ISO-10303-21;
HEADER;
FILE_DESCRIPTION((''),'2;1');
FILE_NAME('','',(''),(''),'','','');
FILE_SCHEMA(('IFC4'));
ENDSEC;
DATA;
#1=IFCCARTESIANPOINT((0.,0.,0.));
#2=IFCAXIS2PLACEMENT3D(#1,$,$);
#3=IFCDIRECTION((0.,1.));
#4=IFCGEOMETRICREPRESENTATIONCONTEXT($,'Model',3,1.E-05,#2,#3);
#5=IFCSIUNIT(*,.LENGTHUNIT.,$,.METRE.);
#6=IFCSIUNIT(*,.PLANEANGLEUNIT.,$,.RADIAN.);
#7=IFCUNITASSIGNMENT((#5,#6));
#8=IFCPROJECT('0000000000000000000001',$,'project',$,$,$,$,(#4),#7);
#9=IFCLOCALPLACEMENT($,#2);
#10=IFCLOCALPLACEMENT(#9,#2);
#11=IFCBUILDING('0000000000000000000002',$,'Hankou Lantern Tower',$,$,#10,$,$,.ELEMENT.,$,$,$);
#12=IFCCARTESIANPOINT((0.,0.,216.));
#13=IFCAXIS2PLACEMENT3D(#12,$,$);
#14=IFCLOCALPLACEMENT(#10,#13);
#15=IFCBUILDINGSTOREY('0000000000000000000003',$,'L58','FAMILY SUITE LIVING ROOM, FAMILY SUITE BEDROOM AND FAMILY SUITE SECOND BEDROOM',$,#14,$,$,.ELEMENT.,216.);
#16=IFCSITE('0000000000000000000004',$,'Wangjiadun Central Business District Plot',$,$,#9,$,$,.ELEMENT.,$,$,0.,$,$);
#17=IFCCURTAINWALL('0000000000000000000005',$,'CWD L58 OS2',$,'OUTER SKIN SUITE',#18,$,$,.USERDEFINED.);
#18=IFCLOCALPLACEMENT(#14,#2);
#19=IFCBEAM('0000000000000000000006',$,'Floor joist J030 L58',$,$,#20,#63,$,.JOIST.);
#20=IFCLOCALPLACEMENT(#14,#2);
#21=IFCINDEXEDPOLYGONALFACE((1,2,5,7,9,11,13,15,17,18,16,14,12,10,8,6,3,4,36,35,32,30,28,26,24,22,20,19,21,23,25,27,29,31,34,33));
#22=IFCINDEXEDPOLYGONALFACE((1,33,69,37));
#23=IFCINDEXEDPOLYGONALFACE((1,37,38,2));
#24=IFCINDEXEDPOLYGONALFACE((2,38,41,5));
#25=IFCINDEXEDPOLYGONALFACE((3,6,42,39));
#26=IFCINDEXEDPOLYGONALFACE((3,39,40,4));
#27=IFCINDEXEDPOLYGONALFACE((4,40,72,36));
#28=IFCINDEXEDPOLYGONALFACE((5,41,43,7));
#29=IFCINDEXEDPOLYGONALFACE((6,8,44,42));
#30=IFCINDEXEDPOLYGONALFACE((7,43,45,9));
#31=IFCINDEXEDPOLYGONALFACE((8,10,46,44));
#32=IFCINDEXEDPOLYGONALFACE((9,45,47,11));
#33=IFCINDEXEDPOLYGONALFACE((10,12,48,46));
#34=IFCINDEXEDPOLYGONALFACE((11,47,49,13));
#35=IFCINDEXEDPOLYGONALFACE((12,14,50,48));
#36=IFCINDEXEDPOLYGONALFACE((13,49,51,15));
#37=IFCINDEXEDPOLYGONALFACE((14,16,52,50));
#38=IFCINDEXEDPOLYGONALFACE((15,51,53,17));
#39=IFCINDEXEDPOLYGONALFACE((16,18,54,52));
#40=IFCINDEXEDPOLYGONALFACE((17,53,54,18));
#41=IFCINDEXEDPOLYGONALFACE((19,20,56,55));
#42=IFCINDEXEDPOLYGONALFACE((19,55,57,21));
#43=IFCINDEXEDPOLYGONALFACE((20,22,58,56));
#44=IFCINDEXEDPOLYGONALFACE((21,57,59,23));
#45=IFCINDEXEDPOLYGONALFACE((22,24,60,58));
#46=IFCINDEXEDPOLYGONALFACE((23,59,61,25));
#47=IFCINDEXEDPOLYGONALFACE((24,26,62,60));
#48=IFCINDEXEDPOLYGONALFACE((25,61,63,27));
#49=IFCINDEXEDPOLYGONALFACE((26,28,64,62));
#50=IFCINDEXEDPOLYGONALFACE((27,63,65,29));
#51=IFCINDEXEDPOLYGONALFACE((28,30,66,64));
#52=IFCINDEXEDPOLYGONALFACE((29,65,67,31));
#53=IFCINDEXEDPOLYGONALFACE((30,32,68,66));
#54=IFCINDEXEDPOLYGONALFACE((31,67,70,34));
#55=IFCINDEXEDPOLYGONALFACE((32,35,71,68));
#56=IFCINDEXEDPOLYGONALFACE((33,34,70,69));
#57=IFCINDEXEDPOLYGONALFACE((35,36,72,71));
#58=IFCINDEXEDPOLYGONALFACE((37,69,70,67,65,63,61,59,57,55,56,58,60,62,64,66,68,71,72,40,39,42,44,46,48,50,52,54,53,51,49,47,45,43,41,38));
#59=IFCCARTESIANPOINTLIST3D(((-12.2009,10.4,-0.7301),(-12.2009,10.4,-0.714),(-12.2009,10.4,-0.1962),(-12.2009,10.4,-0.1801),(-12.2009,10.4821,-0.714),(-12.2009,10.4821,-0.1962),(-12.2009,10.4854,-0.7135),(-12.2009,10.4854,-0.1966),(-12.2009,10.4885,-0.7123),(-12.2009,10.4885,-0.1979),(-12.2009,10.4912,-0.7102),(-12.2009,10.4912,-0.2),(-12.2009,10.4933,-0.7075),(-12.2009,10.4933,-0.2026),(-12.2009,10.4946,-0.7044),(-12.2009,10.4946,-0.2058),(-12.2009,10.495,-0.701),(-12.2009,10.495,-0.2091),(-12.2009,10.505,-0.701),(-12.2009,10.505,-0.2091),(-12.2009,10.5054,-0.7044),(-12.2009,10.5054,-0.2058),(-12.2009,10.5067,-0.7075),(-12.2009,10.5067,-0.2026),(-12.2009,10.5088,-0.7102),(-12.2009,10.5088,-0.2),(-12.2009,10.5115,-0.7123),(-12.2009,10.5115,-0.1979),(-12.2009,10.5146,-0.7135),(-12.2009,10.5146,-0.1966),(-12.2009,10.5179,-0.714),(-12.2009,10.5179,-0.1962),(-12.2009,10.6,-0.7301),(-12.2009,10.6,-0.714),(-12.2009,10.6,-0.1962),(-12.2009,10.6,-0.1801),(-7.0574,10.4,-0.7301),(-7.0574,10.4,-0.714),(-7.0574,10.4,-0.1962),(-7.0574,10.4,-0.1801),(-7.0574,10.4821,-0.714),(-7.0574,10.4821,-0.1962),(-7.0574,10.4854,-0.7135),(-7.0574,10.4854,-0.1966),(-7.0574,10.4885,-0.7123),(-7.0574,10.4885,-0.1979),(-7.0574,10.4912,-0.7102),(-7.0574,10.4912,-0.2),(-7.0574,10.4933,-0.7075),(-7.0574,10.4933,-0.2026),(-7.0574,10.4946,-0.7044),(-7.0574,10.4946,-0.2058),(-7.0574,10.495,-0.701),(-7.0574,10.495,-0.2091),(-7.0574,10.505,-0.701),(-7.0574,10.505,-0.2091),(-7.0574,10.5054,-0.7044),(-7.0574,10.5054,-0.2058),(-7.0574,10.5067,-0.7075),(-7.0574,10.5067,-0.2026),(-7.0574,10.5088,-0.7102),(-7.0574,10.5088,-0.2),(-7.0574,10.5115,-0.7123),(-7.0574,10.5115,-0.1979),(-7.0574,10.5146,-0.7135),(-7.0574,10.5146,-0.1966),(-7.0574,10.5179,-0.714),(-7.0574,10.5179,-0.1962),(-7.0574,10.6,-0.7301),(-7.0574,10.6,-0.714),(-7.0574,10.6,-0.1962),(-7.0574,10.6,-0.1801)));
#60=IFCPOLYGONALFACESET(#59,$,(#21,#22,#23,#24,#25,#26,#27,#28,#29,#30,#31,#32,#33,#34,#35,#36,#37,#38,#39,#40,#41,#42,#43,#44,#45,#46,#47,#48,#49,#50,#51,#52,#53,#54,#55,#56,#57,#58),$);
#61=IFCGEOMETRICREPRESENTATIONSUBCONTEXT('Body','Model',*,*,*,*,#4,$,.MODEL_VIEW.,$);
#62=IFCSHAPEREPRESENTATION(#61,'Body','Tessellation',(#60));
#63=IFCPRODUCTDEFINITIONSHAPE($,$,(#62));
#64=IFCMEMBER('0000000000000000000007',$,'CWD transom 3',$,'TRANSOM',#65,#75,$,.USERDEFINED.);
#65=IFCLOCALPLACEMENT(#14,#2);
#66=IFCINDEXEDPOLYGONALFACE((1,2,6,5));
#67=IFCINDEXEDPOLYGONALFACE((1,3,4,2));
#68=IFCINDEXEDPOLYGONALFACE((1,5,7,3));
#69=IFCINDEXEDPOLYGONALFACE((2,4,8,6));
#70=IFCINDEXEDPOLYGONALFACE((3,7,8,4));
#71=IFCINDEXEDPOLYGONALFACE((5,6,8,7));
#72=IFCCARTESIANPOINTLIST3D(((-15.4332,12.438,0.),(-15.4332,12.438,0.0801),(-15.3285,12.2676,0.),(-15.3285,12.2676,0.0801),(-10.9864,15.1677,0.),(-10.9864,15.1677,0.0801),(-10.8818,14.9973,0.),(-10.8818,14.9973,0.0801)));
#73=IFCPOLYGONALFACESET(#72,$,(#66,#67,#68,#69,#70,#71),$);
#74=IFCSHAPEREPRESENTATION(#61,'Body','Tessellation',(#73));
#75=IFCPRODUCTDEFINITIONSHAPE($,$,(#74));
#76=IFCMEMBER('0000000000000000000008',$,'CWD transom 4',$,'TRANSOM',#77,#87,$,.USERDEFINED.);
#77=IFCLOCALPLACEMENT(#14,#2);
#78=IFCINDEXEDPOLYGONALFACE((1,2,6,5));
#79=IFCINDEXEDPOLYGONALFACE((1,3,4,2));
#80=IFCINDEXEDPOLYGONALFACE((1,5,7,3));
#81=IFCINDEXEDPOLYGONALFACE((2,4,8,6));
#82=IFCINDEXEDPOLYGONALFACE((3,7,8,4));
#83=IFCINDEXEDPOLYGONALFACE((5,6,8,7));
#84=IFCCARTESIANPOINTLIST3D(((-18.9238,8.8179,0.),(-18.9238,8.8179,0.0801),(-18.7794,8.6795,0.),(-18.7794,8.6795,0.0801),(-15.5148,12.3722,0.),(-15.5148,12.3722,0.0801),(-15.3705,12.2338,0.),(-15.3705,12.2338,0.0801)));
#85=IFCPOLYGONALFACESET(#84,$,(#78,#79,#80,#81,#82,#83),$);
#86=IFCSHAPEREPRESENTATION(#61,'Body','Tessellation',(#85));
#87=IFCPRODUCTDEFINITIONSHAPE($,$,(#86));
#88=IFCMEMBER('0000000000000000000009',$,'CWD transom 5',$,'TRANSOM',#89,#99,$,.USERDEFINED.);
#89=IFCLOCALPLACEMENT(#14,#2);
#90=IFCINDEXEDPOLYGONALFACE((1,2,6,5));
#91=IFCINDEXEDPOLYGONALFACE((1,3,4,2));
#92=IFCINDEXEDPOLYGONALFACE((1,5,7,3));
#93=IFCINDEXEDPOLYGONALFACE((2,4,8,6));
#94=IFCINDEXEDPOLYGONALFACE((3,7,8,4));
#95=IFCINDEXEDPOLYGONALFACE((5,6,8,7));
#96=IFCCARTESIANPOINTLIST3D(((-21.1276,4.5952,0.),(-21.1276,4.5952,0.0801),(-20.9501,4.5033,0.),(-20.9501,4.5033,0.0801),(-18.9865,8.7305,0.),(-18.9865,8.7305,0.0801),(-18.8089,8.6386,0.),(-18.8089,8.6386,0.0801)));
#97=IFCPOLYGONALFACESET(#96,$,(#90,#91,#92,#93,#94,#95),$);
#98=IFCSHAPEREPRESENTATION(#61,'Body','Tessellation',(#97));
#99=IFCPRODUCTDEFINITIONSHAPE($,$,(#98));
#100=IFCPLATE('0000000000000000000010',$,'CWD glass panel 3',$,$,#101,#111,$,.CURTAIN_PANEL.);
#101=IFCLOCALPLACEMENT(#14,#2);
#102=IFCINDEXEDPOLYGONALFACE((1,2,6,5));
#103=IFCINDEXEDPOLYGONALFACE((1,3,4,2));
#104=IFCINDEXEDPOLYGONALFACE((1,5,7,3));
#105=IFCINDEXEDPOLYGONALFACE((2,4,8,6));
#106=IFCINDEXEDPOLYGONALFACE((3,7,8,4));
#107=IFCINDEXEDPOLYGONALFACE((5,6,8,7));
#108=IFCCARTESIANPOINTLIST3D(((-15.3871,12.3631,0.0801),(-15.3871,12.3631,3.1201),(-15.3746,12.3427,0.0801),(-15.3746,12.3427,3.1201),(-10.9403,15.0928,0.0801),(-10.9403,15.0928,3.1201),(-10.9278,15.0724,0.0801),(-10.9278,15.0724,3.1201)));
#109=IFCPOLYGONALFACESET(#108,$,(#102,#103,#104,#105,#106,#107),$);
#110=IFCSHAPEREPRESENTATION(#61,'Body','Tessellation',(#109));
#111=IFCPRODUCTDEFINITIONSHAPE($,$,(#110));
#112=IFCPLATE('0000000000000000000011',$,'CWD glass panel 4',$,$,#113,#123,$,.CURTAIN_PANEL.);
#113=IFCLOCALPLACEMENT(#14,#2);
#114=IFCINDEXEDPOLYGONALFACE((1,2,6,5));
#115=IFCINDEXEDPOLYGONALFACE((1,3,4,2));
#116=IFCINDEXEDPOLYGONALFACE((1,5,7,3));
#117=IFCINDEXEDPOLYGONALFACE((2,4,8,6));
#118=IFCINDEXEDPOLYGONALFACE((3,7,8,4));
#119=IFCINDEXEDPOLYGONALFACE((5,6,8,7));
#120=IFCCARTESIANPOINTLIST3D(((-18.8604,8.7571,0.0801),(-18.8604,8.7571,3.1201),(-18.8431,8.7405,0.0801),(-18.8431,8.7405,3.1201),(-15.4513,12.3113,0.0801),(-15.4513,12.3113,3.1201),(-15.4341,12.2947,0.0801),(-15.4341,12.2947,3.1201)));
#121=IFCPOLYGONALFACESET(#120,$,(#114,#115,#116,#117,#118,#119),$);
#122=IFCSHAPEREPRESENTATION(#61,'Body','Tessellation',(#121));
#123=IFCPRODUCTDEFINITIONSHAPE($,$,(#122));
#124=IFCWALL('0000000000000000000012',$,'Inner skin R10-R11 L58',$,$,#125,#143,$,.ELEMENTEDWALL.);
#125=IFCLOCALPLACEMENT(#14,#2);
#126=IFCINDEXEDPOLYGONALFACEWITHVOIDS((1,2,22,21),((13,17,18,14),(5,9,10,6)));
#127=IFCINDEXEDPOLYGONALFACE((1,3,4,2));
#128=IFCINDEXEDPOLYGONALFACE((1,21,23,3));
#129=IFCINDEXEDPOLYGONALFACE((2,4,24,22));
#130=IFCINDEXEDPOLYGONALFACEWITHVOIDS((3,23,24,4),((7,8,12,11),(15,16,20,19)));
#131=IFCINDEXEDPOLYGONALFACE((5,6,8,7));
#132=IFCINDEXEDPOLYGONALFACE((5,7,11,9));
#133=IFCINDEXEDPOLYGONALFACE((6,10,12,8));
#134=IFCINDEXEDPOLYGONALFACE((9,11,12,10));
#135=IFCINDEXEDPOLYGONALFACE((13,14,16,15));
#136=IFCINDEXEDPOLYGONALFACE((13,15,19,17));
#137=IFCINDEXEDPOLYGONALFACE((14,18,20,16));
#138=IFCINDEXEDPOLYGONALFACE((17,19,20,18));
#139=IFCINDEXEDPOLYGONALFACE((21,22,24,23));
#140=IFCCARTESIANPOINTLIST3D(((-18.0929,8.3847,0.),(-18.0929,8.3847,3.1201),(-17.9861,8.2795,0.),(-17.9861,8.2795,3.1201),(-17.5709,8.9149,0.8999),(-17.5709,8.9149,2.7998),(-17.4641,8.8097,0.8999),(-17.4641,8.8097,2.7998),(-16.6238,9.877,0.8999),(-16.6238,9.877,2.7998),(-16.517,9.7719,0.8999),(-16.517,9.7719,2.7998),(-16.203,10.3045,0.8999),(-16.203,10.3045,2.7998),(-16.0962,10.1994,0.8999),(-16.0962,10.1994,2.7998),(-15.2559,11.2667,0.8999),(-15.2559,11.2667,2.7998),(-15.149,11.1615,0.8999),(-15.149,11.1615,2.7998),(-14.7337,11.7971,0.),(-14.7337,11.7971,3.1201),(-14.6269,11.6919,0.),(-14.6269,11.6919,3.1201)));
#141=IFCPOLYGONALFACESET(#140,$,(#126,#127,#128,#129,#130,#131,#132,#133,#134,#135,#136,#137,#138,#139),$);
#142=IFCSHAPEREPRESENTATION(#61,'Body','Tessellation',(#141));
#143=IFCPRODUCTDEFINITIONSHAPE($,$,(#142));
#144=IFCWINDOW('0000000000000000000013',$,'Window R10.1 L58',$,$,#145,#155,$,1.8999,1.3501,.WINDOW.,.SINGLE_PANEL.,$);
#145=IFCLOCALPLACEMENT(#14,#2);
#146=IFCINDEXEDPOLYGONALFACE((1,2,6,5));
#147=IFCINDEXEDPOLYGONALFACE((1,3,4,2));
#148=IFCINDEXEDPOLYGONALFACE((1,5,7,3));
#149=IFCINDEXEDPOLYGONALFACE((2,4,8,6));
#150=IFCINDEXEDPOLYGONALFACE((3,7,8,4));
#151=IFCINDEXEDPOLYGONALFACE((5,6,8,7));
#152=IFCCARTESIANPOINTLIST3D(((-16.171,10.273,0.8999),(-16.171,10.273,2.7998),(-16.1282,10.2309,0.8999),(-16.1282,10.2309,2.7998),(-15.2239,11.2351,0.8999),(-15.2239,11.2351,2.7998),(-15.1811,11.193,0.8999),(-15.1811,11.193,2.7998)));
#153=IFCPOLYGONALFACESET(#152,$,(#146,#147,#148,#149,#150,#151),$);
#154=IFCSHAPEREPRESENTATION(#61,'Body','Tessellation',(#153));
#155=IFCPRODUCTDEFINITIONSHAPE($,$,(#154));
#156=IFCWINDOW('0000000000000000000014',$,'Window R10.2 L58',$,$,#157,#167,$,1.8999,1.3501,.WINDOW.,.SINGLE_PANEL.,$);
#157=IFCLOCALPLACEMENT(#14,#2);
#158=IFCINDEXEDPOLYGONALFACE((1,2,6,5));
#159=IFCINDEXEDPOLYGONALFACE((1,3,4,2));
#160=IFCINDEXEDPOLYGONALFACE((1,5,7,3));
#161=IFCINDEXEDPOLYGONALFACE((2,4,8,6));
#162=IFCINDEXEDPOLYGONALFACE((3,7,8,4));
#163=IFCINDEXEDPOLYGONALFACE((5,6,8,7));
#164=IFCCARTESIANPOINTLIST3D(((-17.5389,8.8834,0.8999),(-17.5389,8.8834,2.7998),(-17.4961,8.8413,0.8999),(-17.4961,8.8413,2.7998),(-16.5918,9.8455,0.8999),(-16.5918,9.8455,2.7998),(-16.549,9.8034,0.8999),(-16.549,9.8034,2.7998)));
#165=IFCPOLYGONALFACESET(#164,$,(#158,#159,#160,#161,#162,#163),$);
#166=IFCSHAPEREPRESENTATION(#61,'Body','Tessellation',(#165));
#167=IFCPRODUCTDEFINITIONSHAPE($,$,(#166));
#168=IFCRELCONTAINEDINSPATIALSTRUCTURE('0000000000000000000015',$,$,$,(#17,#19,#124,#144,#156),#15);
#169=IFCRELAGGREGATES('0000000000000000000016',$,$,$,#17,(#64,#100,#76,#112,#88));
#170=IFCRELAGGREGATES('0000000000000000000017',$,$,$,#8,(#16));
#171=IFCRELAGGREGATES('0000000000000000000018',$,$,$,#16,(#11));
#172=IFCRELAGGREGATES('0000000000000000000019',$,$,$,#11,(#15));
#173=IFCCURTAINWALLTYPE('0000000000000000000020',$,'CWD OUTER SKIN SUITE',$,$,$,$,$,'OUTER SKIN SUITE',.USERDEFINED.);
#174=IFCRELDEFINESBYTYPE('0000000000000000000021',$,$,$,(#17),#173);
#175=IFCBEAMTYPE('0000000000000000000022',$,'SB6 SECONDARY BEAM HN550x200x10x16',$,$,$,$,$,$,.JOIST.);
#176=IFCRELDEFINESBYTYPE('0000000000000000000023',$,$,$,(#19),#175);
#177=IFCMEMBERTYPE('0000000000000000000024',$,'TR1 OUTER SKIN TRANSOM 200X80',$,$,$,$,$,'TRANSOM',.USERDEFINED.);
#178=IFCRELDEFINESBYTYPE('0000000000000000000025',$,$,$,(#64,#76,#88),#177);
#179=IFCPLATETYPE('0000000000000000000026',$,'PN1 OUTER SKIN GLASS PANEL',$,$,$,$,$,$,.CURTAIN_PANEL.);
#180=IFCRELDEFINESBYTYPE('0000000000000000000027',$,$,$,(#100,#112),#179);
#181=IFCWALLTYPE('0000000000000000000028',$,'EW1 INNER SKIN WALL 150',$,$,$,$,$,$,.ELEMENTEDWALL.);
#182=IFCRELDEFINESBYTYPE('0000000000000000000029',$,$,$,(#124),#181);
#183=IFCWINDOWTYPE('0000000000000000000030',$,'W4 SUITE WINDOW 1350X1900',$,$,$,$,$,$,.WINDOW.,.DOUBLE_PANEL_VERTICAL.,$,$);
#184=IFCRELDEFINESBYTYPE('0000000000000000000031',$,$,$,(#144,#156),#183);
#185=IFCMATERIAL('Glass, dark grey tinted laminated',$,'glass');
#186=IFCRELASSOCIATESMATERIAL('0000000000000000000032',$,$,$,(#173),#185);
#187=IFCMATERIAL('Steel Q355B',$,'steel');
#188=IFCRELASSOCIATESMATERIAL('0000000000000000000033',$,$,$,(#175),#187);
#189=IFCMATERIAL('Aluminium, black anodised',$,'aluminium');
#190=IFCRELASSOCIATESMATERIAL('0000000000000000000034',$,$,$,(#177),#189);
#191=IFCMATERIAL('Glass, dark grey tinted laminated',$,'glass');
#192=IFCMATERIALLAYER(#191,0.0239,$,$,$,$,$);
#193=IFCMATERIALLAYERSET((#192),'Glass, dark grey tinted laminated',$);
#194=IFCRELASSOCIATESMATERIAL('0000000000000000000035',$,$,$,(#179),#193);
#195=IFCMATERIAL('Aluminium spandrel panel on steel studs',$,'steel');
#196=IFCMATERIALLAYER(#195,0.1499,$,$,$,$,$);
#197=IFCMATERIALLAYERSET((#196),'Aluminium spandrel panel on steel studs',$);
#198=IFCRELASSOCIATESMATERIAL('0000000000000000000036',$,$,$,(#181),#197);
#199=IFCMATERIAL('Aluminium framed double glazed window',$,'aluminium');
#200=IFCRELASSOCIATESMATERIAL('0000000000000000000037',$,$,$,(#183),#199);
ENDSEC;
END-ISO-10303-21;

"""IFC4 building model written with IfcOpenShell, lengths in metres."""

from ifc_helpers import new_model, si_unit, direction, frame, frame_2d, origin, origin_2d, place, context, subcontext, project, spatial, rectangle, i_section, extrude, material, layer, layer_set, material_profile, profile_set, type_object, element, fill, aggregate, save


model = new_model("IFC4")

# Units and contexts
model_context = context("Model", 3, precision=1e-05, world=origin(), true_north=direction((0.0, 1.0)))
body_context = subcontext(model_context, "Body", "Model", "MODEL_VIEW")
ifc_project = project(units=[si_unit("LENGTHUNIT", "METRE"), si_unit("PLANEANGLEUNIT", "RADIAN")], contexts=[model_context])

# Site, building, storey
site_placement = place(None, origin())
site = spatial("IfcSite", under=ifc_project, at=site_placement, Name="Wangjiadun Central Business District Plot", CompositionType="ELEMENT", RefElevation=0.0)
building_placement = place(site_placement, origin())
building = spatial("IfcBuilding", under=site, at=building_placement, Name="Hankou Lantern Tower", CompositionType="ELEMENT")
storey_placement = place(building_placement, frame((0.0, 0.0, 216.0)))
storey = spatial("IfcBuildingStorey", under=building, at=storey_placement, Name="L58", Description="FAMILY SUITE LIVING ROOM, FAMILY SUITE BEDROOM AND FAMILY SUITE SECOND BEDROOM", CompositionType="ELEMENT", Elevation=216.0)

# Curtain wall
ifc_material_1 = material(Name="Glass, dark grey tinted laminated", Category="glass")
curtain_wall_type = type_object("IfcCurtainWallType", Name="CWD OUTER SKIN SUITE", ElementType="OUTER SKIN SUITE", PredefinedType="USERDEFINED", material=ifc_material_1)
curtain_wall_placement = place(storey_placement, origin())
curtain_wall = element("IfcCurtainWall", 1, at=curtain_wall_placement, inside=storey, type_object=curtain_wall_type, Name="CWD L58 OS2", ObjectType="OUTER SKIN SUITE", PredefinedType="USERDEFINED")

# Beam
ifc_material_2 = material(Name="Steel Q355B", Category="steel")
ifc_material_profile_1 = material_profile(ifc_material_2, i_section(OverallWidth=0.2, OverallDepth=0.55, WebThickness=0.01, FlangeThickness=0.0161, FilletRadius=0.0129, at=origin_2d()), Name="HN550x200x10x16")
ifc_profile_set_1 = profile_set([ifc_material_profile_1], Name="Steel Q355B")
beam_type_1 = type_object("IfcBeamType", Name="SB6 SECONDARY BEAM HN550x200x10x16", PredefinedType="JOIST", material=ifc_profile_set_1)
beam_1_placement = place(storey_placement, frame((-12.2009, 10.5, -0.4551), z_axis=(1.0, 0.0, 0.0), x_axis=(0.0, 1.0, 0.0)))
element("IfcBeam", 2, at=beam_1_placement, inside=storey, type_object=beam_type_1, Name="Floor joist J030 L58", PredefinedType="JOIST", context=body_context, shape_type="SweptSolid", body=[
    extrude(i_section(OverallWidth=0.2, OverallDepth=0.55, WebThickness=0.01, FlangeThickness=0.0161, FilletRadius=0.0129, at=origin_2d()), origin(), (0.0, 0.0, 1.0), 5.1436),
])

# Members
ifc_material_3 = material(Name="Aluminium, black anodised", Category="aluminium")
ifc_material_profile_2 = material_profile(ifc_material_3, rectangle(XDim=0.2, YDim=0.0801, at=origin_2d()), Name="TR1 200X80")
ifc_profile_set_2 = profile_set([ifc_material_profile_2], Name="Aluminium, black anodised")
member_type_1 = type_object("IfcMemberType", Name="TR1 OUTER SKIN TRANSOM 200X80", ElementType="TRANSOM", PredefinedType="USERDEFINED", material=ifc_profile_set_2)
member_1_placement = place(storey_placement, frame((-10.9341, 15.0825, 0.04), z_axis=(-0.852235, -0.52316, 0.0), x_axis=(0.52316, -0.852235, 0.0)))
member_1 = element("IfcMember", 3, at=member_1_placement, type_object=member_type_1, Name="CWD transom 3", ObjectType="TRANSOM", PredefinedType="USERDEFINED", context=body_context, shape_type="SweptSolid", body=[
    extrude(rectangle(XDim=0.2, YDim=0.0801, at=origin_2d()), origin(), (0.0, 0.0, 1.0), 5.2178),
])
member_2_placement = place(storey_placement, frame((-15.4426, 12.303, 0.04), z_axis=(-0.692205, -0.721701, 0.0), x_axis=(0.721701, -0.692205, 0.0)))
member_2 = element("IfcMember", 4, at=member_2_placement, type_object=member_type_1, Name="CWD transom 4", ObjectType="TRANSOM", PredefinedType="USERDEFINED", context=body_context, shape_type="SweptSolid", body=[
    extrude(rectangle(XDim=0.2, YDim=0.0801, at=origin_2d()), origin(), (0.0, 0.0, 1.0), 4.9248),
])
member_3_placement = place(storey_placement, frame((-18.8977, 8.6846, 0.04), z_axis=(-0.459794, -0.888026, 0.0), x_axis=(0.888026, -0.459794, 0.0)))
member_3 = element("IfcMember", 5, at=member_3_placement, type_object=member_type_1, Name="CWD transom 5", ObjectType="TRANSOM", PredefinedType="USERDEFINED", context=body_context, shape_type="SweptSolid", body=[
    extrude(rectangle(XDim=0.2, YDim=0.0801, at=origin_2d()), origin(), (0.0, 0.0, 1.0), 4.6567),
])

# Plates
ifc_material_4 = material(Name="Glass, dark grey tinted laminated", Category="glass")
ifc_layer_1 = layer(ifc_material_4, 0.0239)
ifc_layer_set_1 = layer_set([ifc_layer_1], Name="Glass, dark grey tinted laminated")
plate_type = type_object("IfcPlateType", Name="PN1 OUTER SKIN GLASS PANEL", PredefinedType="CURTAIN_PANEL", material=ifc_layer_set_1)
plate_1_placement = place(storey_placement, frame((-13.1575, 13.7178, 0.0801), z_axis=(0.0, 0.0, 1.0), x_axis=(-0.852237, -0.523156, 0.0)))
plate_1 = element("IfcPlate", 6, at=plate_1_placement, type_object=plate_type, Name="CWD glass panel 3", PredefinedType="CURTAIN_PANEL", context=body_context, shape_type="SweptSolid", body=[
    extrude(rectangle(XDim=5.2178, YDim=0.0239, at=origin_2d()), origin(), (0.0, 0.0, 1.0), 3.04),
])
plate_2_placement = place(storey_placement, frame((-17.1472, 10.5259, 0.0801), z_axis=(0.0, 0.0, 1.0), x_axis=(-0.692216, -0.721691, 0.0)))
plate_2 = element("IfcPlate", 7, at=plate_2_placement, type_object=plate_type, Name="CWD glass panel 4", PredefinedType="CURTAIN_PANEL", context=body_context, shape_type="SweptSolid", body=[
    extrude(rectangle(XDim=4.9248, YDim=0.0239, at=origin_2d()), origin(), (0.0, 0.0, 1.0), 3.04),
])
aggregate(curtain_wall, [member_1, plate_1, member_2, plate_2, member_3])

# Wall, openings, windows
ifc_material_5 = material(Name="Aluminium spandrel panel on steel studs", Category="steel")
ifc_layer_2 = layer(ifc_material_5, 0.1499)
ifc_layer_set_2 = layer_set([ifc_layer_2], Name="Aluminium spandrel panel on steel studs")
wall_type_1 = type_object("IfcWallType", Name="EW1 INNER SKIN WALL 150", PredefinedType="ELEMENTEDWALL", material=ifc_layer_set_2)
wall_1_placement = place(storey_placement, frame((-14.6804, 11.7444, 0.0), z_axis=(0.0, 0.0, 1.0), x_axis=(-0.701527, -0.712643, 0.0)))
wall_1 = element("IfcWall", 8, at=wall_1_placement, inside=storey, type_object=wall_type_1, Name="Inner skin R10-R11 L58", PredefinedType="ELEMENTEDWALL", context=body_context, shape_type="SweptSolid", body=[
    extrude(rectangle(XDim=4.7883, YDim=0.1499, at=frame_2d((2.394, 0.0))), origin(), (0.0, 0.0, 1.0), 3.1201),
])
opening_1_placement = place(wall_1_placement, frame((0.7441, 0.0, 0.8999)))
opening_1 = element("IfcOpeningElement", 9, at=opening_1_placement, cuts=wall_1, PredefinedType="OPENING", context=body_context, shape_type="SweptSolid", body=[
    extrude(rectangle(XDim=1.3501, YDim=1.8999, at=frame_2d((0.675, 0.95))), frame((0.0, 0.085, 0.0), z_axis=(0.0, -1.0, 0.0), x_axis=(1.0, 0.0, 0.0)), (0.0, 0.0, 1.0), 0.1699),
])
opening_2_placement = place(wall_1_placement, frame((2.6941, 0.0, 0.8999)))
opening_2 = element("IfcOpeningElement", 10, at=opening_2_placement, cuts=wall_1, PredefinedType="OPENING", context=body_context, shape_type="SweptSolid", body=[
    extrude(rectangle(XDim=1.3501, YDim=1.8999, at=frame_2d((0.675, 0.95))), frame((0.0, 0.085, 0.0), z_axis=(0.0, -1.0, 0.0), x_axis=(1.0, 0.0, 0.0)), (0.0, 0.0, 1.0), 0.1699),
])
ifc_material_6 = material(Name="Aluminium framed double glazed window", Category="aluminium")
window_type = type_object("IfcWindowType", Name="W4 SUITE WINDOW 1350X1900", PartitioningType="DOUBLE_PANEL_VERTICAL", PredefinedType="WINDOW", material=ifc_material_6)
window_1_placement = place(opening_1_placement, origin())
window_1 = element("IfcWindow", 11, at=window_1_placement, inside=storey, type_object=window_type, Name="Window R10.1 L58", OverallHeight=1.8999, OverallWidth=1.3501, PartitioningType="SINGLE_PANEL", PredefinedType="WINDOW", context=body_context, shape_type="SweptSolid", body=[
    extrude(rectangle(XDim=1.3501, YDim=1.8999, at=frame_2d((0.675, 0.95))), frame((0.0, 0.03, 0.0), z_axis=(0.0, -1.0, 0.0), x_axis=(1.0, 0.0, 0.0)), (0.0, 0.0, 1.0), 0.0601),
])
fill(opening_1, window_1)
window_2_placement = place(opening_2_placement, origin())
window_2 = element("IfcWindow", 12, at=window_2_placement, inside=storey, type_object=window_type, Name="Window R10.2 L58", OverallHeight=1.8999, OverallWidth=1.3501, PartitioningType="SINGLE_PANEL", PredefinedType="WINDOW", context=body_context, shape_type="SweptSolid", body=[
    extrude(rectangle(XDim=1.3501, YDim=1.8999, at=frame_2d((0.675, 0.95))), frame((0.0, 0.03, 0.0), z_axis=(0.0, -1.0, 0.0), x_axis=(1.0, 0.0, 0.0)), (0.0, 0.0, 1.0), 0.0601),
])
fill(opening_2, window_2)

save(model, "model.ifc")
